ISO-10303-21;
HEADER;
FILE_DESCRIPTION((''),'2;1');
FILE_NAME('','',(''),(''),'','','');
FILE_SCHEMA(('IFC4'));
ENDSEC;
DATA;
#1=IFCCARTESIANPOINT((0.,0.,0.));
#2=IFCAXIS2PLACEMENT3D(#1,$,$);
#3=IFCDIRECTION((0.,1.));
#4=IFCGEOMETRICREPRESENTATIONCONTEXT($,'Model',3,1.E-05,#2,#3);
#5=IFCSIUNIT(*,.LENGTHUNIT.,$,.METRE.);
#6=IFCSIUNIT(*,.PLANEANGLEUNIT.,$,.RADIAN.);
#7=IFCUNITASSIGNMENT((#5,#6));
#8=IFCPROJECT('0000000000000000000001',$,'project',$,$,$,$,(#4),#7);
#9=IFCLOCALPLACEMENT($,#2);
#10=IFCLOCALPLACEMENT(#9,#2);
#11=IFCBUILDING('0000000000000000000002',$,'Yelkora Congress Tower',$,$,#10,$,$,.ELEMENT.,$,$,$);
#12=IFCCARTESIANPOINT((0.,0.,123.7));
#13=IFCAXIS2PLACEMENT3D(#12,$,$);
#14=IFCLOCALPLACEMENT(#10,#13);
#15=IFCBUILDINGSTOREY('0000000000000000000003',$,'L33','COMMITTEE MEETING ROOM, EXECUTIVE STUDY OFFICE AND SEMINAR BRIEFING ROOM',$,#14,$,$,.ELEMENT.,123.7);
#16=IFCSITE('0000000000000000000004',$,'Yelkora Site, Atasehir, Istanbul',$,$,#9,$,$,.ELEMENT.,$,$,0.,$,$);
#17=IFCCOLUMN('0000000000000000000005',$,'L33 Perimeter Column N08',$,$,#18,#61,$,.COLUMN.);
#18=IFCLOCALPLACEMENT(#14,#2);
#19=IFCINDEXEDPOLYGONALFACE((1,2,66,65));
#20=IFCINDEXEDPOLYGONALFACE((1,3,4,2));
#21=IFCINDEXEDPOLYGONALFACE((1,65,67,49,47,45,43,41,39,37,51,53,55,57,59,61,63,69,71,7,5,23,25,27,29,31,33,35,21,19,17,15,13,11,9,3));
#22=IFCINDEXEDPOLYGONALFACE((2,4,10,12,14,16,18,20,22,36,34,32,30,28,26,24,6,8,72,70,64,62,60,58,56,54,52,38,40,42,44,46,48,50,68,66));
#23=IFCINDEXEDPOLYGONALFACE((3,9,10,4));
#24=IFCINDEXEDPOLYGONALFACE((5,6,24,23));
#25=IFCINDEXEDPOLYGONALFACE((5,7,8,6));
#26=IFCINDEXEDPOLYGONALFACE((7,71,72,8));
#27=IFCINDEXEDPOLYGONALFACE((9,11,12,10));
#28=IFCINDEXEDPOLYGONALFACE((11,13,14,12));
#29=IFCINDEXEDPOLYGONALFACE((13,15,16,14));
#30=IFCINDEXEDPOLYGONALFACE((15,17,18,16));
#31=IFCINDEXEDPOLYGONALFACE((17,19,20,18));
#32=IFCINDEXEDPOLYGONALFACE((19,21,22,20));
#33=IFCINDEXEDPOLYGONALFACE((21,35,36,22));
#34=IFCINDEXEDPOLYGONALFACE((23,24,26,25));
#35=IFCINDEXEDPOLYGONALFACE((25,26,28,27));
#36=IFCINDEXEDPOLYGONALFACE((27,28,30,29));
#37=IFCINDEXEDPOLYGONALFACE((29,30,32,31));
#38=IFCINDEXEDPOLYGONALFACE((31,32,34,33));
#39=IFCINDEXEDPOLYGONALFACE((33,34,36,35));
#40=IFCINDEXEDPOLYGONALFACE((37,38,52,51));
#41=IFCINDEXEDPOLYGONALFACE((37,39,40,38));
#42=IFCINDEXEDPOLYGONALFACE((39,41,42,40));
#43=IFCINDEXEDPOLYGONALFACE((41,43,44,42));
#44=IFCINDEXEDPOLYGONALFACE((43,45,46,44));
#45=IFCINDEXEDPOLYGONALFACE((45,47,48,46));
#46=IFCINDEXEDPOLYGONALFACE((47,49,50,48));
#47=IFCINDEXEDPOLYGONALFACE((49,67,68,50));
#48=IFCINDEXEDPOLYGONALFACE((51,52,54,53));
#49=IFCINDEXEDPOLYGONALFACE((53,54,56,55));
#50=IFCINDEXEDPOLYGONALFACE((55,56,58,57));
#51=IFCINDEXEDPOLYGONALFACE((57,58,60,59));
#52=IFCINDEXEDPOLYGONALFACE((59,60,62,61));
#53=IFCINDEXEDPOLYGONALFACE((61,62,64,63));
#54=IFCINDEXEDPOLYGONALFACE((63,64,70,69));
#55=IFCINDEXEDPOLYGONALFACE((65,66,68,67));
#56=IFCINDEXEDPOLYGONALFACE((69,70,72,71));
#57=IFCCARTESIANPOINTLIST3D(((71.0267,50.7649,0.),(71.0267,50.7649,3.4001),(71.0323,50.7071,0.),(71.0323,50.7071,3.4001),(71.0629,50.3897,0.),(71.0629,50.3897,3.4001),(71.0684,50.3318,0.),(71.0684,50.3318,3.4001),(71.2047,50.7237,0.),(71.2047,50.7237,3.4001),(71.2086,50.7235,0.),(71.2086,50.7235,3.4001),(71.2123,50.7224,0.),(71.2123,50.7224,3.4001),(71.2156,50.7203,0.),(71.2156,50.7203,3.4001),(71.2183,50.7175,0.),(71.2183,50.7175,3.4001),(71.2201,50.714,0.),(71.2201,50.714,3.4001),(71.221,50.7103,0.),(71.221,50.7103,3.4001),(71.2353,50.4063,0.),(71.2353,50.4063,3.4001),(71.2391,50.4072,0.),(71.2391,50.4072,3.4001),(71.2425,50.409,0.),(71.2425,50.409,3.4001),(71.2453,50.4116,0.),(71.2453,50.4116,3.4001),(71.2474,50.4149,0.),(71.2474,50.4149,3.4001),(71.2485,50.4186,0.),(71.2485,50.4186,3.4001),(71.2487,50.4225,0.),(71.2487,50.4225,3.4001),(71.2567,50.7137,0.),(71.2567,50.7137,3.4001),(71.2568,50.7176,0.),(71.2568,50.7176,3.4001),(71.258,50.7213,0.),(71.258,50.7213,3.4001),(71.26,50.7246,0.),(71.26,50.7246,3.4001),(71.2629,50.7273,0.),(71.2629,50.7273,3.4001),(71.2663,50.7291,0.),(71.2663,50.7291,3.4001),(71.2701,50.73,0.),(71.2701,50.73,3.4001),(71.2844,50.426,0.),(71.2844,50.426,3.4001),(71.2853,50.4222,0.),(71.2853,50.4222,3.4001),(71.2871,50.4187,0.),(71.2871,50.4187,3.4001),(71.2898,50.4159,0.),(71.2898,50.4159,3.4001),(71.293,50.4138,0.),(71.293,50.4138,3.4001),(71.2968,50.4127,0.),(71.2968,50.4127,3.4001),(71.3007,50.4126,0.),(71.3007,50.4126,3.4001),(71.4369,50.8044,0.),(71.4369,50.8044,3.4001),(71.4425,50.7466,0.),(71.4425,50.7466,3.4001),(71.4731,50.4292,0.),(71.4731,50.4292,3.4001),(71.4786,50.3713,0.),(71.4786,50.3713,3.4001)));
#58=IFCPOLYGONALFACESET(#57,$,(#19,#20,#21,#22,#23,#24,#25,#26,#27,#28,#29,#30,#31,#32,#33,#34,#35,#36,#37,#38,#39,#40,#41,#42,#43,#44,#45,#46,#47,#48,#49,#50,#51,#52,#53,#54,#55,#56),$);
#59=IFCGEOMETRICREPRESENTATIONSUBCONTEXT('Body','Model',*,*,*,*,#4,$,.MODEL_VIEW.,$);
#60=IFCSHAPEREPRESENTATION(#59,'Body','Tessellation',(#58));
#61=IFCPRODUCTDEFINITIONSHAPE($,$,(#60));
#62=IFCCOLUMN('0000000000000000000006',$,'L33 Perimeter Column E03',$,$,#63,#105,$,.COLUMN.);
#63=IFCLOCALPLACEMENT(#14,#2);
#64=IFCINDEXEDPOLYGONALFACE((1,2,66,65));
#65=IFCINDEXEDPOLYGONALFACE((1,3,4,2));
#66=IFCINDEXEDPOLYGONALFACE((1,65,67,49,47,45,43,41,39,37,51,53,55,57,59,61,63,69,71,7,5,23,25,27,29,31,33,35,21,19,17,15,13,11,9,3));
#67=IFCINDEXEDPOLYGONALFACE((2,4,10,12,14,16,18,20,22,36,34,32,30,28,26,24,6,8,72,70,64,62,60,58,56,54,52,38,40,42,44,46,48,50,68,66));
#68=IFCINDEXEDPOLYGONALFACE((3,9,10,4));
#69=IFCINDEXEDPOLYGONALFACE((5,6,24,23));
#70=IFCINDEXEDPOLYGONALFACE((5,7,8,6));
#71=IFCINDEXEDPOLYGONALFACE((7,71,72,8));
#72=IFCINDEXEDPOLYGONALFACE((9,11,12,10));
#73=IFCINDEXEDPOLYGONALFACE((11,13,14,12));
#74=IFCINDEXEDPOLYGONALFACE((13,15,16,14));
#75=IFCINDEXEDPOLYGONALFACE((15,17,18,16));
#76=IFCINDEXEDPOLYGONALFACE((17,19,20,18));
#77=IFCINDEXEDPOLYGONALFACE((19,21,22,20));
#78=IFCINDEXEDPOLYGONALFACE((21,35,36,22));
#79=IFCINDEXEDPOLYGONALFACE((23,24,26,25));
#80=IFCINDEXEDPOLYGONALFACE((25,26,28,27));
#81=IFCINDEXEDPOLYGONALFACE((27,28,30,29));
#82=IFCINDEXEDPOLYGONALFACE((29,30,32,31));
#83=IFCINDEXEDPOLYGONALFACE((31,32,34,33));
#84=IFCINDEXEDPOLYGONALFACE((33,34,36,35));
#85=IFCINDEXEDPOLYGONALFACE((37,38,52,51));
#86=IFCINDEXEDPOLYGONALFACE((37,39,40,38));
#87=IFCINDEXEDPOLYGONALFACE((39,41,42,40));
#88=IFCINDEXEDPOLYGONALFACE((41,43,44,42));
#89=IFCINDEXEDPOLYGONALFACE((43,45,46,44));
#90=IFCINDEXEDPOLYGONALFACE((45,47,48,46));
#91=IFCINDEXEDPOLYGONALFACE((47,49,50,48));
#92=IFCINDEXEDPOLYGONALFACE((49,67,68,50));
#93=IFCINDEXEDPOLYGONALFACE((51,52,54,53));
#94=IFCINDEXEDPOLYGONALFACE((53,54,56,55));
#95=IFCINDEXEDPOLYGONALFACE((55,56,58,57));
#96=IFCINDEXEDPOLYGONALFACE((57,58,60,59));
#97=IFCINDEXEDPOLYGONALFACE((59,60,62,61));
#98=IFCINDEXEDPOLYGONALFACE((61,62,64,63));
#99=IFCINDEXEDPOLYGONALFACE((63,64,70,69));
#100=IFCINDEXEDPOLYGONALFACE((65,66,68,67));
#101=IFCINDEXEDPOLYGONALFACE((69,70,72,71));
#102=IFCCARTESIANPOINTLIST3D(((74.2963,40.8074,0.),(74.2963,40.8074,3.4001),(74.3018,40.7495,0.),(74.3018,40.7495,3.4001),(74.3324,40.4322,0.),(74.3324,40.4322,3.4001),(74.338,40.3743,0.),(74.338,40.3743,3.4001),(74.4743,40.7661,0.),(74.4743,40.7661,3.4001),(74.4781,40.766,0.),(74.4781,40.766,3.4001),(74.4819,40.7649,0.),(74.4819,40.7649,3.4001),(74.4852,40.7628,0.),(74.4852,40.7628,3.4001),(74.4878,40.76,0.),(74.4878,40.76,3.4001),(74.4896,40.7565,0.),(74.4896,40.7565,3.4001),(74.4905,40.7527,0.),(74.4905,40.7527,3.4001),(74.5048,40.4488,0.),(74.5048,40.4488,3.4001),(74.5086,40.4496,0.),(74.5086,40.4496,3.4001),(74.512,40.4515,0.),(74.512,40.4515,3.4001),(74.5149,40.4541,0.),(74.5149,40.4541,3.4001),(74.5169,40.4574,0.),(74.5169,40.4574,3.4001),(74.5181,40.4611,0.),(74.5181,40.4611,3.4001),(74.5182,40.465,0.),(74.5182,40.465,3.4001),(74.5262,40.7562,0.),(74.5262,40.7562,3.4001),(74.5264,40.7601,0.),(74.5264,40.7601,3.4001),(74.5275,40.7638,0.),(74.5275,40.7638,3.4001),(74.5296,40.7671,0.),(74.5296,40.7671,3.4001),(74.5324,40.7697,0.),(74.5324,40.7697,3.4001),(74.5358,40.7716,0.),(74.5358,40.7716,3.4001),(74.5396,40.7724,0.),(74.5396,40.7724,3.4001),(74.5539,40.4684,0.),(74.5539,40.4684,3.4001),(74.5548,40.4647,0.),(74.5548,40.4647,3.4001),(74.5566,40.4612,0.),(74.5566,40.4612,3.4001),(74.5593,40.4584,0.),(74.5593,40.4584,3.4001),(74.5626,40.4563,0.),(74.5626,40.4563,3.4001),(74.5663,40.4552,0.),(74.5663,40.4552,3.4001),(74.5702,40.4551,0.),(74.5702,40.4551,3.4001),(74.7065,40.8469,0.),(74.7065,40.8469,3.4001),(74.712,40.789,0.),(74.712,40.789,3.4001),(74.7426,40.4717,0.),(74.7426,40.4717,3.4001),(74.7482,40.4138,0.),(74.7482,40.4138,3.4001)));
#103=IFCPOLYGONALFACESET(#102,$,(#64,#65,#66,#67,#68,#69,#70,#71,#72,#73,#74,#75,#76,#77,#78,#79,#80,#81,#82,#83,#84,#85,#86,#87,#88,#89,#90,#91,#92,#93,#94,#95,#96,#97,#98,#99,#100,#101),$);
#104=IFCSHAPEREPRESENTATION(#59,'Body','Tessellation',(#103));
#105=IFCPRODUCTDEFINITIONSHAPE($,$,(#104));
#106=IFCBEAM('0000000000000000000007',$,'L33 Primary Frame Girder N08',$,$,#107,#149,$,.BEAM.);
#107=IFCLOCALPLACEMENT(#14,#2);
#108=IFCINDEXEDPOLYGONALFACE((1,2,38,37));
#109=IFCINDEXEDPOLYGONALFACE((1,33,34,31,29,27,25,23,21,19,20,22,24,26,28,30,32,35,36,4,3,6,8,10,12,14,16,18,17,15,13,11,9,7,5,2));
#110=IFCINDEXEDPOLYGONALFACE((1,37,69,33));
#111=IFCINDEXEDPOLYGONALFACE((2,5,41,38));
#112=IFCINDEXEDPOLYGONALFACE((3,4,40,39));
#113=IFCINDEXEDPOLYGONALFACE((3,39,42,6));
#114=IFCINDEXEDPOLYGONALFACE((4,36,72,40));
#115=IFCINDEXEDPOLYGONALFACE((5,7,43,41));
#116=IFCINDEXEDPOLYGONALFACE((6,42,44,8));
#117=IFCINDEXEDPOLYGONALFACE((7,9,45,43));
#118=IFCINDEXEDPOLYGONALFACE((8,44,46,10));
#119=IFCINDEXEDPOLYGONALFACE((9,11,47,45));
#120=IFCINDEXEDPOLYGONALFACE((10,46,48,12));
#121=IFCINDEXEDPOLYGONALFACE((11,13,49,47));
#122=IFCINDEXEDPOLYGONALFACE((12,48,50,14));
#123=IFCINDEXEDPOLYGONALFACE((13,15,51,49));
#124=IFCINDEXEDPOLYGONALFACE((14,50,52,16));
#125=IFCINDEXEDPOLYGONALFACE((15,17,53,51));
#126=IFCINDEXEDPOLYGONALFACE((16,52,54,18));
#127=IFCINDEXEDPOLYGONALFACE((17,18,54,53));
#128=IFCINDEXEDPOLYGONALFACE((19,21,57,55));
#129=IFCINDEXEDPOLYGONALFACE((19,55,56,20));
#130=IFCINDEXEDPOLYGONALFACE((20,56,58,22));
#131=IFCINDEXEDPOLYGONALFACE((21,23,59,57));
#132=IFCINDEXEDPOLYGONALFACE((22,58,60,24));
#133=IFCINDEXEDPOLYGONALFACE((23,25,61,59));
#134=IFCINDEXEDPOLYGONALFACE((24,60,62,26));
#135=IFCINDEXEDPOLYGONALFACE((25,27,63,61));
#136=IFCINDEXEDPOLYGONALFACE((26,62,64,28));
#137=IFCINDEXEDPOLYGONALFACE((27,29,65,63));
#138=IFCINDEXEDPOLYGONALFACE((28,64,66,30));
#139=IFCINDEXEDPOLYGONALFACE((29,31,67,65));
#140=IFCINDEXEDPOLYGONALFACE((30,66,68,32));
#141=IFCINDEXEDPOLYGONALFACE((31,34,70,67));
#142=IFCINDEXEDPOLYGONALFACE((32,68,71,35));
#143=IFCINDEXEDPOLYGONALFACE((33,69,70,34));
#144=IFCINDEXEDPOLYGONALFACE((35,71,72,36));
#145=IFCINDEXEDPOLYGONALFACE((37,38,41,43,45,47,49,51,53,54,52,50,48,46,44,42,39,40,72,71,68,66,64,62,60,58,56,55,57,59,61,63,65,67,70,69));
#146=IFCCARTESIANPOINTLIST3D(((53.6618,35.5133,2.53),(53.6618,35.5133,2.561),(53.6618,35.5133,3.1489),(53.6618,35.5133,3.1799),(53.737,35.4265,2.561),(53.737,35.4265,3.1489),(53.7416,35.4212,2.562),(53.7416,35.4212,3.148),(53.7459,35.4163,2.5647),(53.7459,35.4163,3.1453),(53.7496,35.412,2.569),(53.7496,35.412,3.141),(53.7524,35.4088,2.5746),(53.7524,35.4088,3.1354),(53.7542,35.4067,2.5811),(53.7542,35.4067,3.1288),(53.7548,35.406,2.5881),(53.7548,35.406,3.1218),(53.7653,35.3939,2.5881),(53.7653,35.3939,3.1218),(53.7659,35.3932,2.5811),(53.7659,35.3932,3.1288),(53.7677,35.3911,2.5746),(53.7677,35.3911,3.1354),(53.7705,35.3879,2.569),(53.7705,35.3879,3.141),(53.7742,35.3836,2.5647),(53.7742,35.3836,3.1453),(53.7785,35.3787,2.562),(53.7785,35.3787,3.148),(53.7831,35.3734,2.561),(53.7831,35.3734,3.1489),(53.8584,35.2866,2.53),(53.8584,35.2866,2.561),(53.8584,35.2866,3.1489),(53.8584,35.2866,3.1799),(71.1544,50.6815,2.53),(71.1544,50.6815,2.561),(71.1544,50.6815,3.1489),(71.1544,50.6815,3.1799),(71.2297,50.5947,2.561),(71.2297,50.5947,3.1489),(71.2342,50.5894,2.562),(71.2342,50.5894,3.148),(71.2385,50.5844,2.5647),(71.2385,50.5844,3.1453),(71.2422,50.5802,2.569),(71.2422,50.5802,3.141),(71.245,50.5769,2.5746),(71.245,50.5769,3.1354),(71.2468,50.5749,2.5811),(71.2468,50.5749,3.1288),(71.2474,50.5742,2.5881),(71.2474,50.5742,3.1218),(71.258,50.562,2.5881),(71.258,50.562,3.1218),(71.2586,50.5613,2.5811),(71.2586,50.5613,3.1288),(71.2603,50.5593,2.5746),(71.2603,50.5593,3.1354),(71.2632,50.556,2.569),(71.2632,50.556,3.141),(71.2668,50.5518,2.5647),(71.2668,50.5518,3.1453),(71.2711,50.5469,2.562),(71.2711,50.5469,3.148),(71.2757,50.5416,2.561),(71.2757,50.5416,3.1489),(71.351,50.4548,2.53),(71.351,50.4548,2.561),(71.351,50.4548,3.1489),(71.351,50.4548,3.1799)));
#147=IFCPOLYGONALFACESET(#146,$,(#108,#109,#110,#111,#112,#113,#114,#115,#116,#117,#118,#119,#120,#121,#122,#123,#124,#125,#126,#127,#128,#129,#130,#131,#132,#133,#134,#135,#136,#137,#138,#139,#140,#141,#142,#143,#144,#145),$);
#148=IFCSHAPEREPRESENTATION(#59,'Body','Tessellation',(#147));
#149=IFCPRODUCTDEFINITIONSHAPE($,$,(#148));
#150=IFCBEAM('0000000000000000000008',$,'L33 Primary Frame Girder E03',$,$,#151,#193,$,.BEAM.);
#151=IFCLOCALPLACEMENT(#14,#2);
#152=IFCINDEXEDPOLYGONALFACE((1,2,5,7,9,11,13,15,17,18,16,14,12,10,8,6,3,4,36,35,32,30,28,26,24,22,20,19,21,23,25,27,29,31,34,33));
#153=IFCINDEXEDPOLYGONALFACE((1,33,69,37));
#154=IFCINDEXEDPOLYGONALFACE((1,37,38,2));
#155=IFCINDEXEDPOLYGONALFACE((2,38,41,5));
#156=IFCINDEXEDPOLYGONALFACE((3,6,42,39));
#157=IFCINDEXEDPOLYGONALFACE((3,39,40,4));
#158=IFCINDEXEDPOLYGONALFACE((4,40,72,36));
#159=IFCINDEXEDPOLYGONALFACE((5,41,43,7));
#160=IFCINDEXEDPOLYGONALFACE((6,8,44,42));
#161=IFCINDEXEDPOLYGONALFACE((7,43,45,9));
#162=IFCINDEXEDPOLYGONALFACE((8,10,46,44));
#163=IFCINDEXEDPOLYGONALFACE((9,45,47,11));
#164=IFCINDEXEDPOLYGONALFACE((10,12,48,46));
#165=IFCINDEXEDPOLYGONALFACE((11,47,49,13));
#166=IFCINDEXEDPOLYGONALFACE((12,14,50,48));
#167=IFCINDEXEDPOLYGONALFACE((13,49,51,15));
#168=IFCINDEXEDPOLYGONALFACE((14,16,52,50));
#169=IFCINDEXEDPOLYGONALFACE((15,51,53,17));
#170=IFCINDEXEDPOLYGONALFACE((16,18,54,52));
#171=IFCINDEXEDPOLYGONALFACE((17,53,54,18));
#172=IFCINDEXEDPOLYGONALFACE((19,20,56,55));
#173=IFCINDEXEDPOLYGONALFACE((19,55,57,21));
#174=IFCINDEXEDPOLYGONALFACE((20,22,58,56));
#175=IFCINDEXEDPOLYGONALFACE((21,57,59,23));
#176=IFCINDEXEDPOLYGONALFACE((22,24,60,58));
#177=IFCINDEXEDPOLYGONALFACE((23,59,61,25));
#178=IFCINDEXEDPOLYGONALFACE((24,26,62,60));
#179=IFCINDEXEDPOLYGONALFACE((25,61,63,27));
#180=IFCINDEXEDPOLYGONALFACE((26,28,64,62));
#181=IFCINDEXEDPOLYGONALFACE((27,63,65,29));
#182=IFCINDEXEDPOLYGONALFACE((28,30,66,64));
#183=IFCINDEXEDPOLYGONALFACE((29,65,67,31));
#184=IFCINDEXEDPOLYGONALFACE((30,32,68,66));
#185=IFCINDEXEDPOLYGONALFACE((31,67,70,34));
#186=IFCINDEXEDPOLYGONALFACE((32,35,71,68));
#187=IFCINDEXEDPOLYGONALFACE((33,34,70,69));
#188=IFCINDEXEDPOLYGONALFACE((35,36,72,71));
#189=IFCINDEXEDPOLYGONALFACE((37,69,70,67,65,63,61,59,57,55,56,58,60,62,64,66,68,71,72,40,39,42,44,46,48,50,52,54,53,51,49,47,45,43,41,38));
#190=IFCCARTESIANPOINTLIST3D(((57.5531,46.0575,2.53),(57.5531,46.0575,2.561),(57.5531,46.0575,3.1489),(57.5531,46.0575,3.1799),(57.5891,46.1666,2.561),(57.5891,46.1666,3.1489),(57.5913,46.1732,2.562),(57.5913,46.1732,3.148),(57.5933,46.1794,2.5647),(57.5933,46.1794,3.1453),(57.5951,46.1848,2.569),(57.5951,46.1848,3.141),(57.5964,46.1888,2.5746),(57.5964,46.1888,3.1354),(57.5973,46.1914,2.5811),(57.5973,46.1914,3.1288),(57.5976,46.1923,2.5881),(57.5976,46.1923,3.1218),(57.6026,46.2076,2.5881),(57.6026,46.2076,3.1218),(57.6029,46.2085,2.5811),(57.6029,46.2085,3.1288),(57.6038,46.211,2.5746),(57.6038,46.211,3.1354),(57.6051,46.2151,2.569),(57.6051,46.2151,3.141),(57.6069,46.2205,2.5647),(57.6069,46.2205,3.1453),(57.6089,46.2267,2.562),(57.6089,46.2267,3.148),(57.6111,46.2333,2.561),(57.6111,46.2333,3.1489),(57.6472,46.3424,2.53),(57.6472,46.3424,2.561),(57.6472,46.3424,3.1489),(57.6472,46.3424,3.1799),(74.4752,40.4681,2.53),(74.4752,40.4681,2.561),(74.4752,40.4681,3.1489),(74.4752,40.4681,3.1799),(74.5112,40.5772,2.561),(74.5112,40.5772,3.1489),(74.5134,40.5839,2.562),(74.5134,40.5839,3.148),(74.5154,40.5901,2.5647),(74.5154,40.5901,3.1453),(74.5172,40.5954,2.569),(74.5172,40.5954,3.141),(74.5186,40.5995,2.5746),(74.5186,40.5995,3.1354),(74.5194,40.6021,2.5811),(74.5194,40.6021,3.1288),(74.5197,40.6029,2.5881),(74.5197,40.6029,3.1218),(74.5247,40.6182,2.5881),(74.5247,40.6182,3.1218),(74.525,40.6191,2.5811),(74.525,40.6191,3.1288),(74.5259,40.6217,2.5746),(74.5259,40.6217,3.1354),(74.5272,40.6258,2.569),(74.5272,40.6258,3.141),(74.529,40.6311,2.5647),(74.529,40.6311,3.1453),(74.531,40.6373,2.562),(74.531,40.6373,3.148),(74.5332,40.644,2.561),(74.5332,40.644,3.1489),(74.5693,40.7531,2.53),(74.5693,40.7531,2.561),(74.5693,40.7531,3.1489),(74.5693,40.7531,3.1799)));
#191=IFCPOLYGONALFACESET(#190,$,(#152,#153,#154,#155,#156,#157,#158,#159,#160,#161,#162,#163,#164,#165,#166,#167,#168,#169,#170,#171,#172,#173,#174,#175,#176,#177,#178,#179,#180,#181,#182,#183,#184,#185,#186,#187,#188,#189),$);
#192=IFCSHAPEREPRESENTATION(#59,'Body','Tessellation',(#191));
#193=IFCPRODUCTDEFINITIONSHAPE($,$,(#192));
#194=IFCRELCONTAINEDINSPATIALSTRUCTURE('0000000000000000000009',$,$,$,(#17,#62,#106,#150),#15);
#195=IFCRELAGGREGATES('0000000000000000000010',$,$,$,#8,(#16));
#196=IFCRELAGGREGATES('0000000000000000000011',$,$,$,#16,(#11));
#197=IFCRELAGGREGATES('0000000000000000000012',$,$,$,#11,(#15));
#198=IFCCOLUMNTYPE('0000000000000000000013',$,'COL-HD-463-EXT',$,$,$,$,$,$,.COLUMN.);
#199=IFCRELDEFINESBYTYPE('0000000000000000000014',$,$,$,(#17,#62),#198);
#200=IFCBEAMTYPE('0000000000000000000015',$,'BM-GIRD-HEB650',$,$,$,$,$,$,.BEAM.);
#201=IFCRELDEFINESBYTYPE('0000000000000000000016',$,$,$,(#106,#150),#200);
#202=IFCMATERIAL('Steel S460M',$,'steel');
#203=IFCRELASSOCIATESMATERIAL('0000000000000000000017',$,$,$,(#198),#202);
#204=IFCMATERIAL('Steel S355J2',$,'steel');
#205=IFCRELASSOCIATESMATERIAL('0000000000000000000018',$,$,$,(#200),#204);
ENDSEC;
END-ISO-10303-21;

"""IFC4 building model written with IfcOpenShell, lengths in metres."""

from ifc_helpers import new_model, si_unit, direction, frame, origin, origin_2d, place, context, subcontext, project, spatial, i_section, extrude, material, material_profile, profile_set, type_object, element, save


model = new_model("IFC4")

# Units and contexts
model_context = context("Model", 3, precision=1e-05, world=origin(), true_north=direction((0.0, 1.0)))
body_context = subcontext(model_context, "Body", "Model", "MODEL_VIEW")
ifc_project = project(units=[si_unit("LENGTHUNIT", "METRE"), si_unit("PLANEANGLEUNIT", "RADIAN")], contexts=[model_context])

# Site, building, storey
site_placement = place(None, origin())
site = spatial("IfcSite", under=ifc_project, at=site_placement, Name="Yelkora Site, Atasehir, Istanbul", CompositionType="ELEMENT", RefElevation=0.0)
building_placement = place(site_placement, origin())
building = spatial("IfcBuilding", under=site, at=building_placement, Name="Yelkora Congress Tower", CompositionType="ELEMENT")
storey_placement = place(building_placement, frame((0.0, 0.0, 123.7)))
storey = spatial("IfcBuildingStorey", under=building, at=storey_placement, Name="L33", Description="COMMITTEE MEETING ROOM, EXECUTIVE STUDY OFFICE AND SEMINAR BRIEFING ROOM", CompositionType="ELEMENT", Elevation=123.7)

# Columns
ifc_material_1 = material(Name="Steel S460M", Category="steel")
ifc_material_profile_1 = material_profile(ifc_material_1, i_section(OverallWidth=0.4121, OverallDepth=0.4351, WebThickness=0.0359, FlangeThickness=0.0581, FilletRadius=0.0149, at=origin_2d()), Name="HD 400x463")
ifc_profile_set_1 = profile_set([ifc_material_profile_1], Name="Steel S460M")
column_type = type_object("IfcColumnType", Name="COL-HD-463-EXT", PredefinedType="COLUMN", material=ifc_profile_set_1)
for number, where, z_axis, x_axis, name in (
    (1, (71.2527, 50.5681, 0.0), (0.0, 0.0, 1.0), (0.995396, 0.095846, 0.0), "L33 Perimeter Column N08"),
    (2, (74.5222, 40.6106, 0.0), (0.0, 0.0, 1.0), (0.995396, 0.095846, 0.0), "L33 Perimeter Column E03"),
):
    element("IfcColumn", number, at=place(storey_placement, frame(where, z_axis=z_axis, x_axis=x_axis)), inside=storey, type_object=column_type, Name=name, PredefinedType="COLUMN", context=body_context, shape_type="SweptSolid", body=[
        extrude(i_section(OverallWidth=0.4121, OverallDepth=0.4351, WebThickness=0.0359, FlangeThickness=0.0581, FilletRadius=0.0149, at=origin_2d()), origin(), (0.0, 0.0, 1.0), 3.4001),
    ])

# Beams
ifc_material_2 = material(Name="Steel S355J2", Category="steel")
ifc_material_profile_2 = material_profile(ifc_material_2, i_section(OverallWidth=0.3, OverallDepth=0.6499, WebThickness=0.0161, FlangeThickness=0.031, FilletRadius=0.0271, at=origin_2d()), Name="HEB 650")
ifc_profile_set_2 = profile_set([ifc_material_profile_2], Name="Steel S355J2")
beam_type_1 = type_object("IfcBeamType", Name="BM-GIRD-HEB650", PredefinedType="BEAM", material=ifc_profile_set_2)
beam_1_placement = place(storey_placement, frame((71.2527, 50.5681, 2.855), z_axis=(-0.75552, -0.655125, 0.0), x_axis=(0.655125, -0.75552, 0.0)))
element("IfcBeam", 3, at=beam_1_placement, inside=storey, type_object=beam_type_1, Name="L33 Primary Frame Girder N08", PredefinedType="BEAM", context=body_context, shape_type="SweptSolid", body=[
    extrude(i_section(OverallWidth=0.3, OverallDepth=0.6499, WebThickness=0.0161, FlangeThickness=0.031, FilletRadius=0.0271, at=origin_2d()), origin(), (0.0, 0.0, 1.0), 23.1531),
])
beam_2_placement = place(storey_placement, frame((74.5222, 40.6106, 2.855), z_axis=(-0.949544, 0.313633, 0.0), x_axis=(-0.313633, -0.949544, 0.0)))
element("IfcBeam", 4, at=beam_2_placement, inside=storey, type_object=beam_type_1, Name="L33 Primary Frame Girder E03", PredefinedType="BEAM", context=body_context, shape_type="SweptSolid", body=[
    extrude(i_section(OverallWidth=0.3, OverallDepth=0.6499, WebThickness=0.0161, FlangeThickness=0.031, FilletRadius=0.0271, at=origin_2d()), origin(), (0.0, 0.0, 1.0), 17.8213),
])

save(model, "model.ifc")
